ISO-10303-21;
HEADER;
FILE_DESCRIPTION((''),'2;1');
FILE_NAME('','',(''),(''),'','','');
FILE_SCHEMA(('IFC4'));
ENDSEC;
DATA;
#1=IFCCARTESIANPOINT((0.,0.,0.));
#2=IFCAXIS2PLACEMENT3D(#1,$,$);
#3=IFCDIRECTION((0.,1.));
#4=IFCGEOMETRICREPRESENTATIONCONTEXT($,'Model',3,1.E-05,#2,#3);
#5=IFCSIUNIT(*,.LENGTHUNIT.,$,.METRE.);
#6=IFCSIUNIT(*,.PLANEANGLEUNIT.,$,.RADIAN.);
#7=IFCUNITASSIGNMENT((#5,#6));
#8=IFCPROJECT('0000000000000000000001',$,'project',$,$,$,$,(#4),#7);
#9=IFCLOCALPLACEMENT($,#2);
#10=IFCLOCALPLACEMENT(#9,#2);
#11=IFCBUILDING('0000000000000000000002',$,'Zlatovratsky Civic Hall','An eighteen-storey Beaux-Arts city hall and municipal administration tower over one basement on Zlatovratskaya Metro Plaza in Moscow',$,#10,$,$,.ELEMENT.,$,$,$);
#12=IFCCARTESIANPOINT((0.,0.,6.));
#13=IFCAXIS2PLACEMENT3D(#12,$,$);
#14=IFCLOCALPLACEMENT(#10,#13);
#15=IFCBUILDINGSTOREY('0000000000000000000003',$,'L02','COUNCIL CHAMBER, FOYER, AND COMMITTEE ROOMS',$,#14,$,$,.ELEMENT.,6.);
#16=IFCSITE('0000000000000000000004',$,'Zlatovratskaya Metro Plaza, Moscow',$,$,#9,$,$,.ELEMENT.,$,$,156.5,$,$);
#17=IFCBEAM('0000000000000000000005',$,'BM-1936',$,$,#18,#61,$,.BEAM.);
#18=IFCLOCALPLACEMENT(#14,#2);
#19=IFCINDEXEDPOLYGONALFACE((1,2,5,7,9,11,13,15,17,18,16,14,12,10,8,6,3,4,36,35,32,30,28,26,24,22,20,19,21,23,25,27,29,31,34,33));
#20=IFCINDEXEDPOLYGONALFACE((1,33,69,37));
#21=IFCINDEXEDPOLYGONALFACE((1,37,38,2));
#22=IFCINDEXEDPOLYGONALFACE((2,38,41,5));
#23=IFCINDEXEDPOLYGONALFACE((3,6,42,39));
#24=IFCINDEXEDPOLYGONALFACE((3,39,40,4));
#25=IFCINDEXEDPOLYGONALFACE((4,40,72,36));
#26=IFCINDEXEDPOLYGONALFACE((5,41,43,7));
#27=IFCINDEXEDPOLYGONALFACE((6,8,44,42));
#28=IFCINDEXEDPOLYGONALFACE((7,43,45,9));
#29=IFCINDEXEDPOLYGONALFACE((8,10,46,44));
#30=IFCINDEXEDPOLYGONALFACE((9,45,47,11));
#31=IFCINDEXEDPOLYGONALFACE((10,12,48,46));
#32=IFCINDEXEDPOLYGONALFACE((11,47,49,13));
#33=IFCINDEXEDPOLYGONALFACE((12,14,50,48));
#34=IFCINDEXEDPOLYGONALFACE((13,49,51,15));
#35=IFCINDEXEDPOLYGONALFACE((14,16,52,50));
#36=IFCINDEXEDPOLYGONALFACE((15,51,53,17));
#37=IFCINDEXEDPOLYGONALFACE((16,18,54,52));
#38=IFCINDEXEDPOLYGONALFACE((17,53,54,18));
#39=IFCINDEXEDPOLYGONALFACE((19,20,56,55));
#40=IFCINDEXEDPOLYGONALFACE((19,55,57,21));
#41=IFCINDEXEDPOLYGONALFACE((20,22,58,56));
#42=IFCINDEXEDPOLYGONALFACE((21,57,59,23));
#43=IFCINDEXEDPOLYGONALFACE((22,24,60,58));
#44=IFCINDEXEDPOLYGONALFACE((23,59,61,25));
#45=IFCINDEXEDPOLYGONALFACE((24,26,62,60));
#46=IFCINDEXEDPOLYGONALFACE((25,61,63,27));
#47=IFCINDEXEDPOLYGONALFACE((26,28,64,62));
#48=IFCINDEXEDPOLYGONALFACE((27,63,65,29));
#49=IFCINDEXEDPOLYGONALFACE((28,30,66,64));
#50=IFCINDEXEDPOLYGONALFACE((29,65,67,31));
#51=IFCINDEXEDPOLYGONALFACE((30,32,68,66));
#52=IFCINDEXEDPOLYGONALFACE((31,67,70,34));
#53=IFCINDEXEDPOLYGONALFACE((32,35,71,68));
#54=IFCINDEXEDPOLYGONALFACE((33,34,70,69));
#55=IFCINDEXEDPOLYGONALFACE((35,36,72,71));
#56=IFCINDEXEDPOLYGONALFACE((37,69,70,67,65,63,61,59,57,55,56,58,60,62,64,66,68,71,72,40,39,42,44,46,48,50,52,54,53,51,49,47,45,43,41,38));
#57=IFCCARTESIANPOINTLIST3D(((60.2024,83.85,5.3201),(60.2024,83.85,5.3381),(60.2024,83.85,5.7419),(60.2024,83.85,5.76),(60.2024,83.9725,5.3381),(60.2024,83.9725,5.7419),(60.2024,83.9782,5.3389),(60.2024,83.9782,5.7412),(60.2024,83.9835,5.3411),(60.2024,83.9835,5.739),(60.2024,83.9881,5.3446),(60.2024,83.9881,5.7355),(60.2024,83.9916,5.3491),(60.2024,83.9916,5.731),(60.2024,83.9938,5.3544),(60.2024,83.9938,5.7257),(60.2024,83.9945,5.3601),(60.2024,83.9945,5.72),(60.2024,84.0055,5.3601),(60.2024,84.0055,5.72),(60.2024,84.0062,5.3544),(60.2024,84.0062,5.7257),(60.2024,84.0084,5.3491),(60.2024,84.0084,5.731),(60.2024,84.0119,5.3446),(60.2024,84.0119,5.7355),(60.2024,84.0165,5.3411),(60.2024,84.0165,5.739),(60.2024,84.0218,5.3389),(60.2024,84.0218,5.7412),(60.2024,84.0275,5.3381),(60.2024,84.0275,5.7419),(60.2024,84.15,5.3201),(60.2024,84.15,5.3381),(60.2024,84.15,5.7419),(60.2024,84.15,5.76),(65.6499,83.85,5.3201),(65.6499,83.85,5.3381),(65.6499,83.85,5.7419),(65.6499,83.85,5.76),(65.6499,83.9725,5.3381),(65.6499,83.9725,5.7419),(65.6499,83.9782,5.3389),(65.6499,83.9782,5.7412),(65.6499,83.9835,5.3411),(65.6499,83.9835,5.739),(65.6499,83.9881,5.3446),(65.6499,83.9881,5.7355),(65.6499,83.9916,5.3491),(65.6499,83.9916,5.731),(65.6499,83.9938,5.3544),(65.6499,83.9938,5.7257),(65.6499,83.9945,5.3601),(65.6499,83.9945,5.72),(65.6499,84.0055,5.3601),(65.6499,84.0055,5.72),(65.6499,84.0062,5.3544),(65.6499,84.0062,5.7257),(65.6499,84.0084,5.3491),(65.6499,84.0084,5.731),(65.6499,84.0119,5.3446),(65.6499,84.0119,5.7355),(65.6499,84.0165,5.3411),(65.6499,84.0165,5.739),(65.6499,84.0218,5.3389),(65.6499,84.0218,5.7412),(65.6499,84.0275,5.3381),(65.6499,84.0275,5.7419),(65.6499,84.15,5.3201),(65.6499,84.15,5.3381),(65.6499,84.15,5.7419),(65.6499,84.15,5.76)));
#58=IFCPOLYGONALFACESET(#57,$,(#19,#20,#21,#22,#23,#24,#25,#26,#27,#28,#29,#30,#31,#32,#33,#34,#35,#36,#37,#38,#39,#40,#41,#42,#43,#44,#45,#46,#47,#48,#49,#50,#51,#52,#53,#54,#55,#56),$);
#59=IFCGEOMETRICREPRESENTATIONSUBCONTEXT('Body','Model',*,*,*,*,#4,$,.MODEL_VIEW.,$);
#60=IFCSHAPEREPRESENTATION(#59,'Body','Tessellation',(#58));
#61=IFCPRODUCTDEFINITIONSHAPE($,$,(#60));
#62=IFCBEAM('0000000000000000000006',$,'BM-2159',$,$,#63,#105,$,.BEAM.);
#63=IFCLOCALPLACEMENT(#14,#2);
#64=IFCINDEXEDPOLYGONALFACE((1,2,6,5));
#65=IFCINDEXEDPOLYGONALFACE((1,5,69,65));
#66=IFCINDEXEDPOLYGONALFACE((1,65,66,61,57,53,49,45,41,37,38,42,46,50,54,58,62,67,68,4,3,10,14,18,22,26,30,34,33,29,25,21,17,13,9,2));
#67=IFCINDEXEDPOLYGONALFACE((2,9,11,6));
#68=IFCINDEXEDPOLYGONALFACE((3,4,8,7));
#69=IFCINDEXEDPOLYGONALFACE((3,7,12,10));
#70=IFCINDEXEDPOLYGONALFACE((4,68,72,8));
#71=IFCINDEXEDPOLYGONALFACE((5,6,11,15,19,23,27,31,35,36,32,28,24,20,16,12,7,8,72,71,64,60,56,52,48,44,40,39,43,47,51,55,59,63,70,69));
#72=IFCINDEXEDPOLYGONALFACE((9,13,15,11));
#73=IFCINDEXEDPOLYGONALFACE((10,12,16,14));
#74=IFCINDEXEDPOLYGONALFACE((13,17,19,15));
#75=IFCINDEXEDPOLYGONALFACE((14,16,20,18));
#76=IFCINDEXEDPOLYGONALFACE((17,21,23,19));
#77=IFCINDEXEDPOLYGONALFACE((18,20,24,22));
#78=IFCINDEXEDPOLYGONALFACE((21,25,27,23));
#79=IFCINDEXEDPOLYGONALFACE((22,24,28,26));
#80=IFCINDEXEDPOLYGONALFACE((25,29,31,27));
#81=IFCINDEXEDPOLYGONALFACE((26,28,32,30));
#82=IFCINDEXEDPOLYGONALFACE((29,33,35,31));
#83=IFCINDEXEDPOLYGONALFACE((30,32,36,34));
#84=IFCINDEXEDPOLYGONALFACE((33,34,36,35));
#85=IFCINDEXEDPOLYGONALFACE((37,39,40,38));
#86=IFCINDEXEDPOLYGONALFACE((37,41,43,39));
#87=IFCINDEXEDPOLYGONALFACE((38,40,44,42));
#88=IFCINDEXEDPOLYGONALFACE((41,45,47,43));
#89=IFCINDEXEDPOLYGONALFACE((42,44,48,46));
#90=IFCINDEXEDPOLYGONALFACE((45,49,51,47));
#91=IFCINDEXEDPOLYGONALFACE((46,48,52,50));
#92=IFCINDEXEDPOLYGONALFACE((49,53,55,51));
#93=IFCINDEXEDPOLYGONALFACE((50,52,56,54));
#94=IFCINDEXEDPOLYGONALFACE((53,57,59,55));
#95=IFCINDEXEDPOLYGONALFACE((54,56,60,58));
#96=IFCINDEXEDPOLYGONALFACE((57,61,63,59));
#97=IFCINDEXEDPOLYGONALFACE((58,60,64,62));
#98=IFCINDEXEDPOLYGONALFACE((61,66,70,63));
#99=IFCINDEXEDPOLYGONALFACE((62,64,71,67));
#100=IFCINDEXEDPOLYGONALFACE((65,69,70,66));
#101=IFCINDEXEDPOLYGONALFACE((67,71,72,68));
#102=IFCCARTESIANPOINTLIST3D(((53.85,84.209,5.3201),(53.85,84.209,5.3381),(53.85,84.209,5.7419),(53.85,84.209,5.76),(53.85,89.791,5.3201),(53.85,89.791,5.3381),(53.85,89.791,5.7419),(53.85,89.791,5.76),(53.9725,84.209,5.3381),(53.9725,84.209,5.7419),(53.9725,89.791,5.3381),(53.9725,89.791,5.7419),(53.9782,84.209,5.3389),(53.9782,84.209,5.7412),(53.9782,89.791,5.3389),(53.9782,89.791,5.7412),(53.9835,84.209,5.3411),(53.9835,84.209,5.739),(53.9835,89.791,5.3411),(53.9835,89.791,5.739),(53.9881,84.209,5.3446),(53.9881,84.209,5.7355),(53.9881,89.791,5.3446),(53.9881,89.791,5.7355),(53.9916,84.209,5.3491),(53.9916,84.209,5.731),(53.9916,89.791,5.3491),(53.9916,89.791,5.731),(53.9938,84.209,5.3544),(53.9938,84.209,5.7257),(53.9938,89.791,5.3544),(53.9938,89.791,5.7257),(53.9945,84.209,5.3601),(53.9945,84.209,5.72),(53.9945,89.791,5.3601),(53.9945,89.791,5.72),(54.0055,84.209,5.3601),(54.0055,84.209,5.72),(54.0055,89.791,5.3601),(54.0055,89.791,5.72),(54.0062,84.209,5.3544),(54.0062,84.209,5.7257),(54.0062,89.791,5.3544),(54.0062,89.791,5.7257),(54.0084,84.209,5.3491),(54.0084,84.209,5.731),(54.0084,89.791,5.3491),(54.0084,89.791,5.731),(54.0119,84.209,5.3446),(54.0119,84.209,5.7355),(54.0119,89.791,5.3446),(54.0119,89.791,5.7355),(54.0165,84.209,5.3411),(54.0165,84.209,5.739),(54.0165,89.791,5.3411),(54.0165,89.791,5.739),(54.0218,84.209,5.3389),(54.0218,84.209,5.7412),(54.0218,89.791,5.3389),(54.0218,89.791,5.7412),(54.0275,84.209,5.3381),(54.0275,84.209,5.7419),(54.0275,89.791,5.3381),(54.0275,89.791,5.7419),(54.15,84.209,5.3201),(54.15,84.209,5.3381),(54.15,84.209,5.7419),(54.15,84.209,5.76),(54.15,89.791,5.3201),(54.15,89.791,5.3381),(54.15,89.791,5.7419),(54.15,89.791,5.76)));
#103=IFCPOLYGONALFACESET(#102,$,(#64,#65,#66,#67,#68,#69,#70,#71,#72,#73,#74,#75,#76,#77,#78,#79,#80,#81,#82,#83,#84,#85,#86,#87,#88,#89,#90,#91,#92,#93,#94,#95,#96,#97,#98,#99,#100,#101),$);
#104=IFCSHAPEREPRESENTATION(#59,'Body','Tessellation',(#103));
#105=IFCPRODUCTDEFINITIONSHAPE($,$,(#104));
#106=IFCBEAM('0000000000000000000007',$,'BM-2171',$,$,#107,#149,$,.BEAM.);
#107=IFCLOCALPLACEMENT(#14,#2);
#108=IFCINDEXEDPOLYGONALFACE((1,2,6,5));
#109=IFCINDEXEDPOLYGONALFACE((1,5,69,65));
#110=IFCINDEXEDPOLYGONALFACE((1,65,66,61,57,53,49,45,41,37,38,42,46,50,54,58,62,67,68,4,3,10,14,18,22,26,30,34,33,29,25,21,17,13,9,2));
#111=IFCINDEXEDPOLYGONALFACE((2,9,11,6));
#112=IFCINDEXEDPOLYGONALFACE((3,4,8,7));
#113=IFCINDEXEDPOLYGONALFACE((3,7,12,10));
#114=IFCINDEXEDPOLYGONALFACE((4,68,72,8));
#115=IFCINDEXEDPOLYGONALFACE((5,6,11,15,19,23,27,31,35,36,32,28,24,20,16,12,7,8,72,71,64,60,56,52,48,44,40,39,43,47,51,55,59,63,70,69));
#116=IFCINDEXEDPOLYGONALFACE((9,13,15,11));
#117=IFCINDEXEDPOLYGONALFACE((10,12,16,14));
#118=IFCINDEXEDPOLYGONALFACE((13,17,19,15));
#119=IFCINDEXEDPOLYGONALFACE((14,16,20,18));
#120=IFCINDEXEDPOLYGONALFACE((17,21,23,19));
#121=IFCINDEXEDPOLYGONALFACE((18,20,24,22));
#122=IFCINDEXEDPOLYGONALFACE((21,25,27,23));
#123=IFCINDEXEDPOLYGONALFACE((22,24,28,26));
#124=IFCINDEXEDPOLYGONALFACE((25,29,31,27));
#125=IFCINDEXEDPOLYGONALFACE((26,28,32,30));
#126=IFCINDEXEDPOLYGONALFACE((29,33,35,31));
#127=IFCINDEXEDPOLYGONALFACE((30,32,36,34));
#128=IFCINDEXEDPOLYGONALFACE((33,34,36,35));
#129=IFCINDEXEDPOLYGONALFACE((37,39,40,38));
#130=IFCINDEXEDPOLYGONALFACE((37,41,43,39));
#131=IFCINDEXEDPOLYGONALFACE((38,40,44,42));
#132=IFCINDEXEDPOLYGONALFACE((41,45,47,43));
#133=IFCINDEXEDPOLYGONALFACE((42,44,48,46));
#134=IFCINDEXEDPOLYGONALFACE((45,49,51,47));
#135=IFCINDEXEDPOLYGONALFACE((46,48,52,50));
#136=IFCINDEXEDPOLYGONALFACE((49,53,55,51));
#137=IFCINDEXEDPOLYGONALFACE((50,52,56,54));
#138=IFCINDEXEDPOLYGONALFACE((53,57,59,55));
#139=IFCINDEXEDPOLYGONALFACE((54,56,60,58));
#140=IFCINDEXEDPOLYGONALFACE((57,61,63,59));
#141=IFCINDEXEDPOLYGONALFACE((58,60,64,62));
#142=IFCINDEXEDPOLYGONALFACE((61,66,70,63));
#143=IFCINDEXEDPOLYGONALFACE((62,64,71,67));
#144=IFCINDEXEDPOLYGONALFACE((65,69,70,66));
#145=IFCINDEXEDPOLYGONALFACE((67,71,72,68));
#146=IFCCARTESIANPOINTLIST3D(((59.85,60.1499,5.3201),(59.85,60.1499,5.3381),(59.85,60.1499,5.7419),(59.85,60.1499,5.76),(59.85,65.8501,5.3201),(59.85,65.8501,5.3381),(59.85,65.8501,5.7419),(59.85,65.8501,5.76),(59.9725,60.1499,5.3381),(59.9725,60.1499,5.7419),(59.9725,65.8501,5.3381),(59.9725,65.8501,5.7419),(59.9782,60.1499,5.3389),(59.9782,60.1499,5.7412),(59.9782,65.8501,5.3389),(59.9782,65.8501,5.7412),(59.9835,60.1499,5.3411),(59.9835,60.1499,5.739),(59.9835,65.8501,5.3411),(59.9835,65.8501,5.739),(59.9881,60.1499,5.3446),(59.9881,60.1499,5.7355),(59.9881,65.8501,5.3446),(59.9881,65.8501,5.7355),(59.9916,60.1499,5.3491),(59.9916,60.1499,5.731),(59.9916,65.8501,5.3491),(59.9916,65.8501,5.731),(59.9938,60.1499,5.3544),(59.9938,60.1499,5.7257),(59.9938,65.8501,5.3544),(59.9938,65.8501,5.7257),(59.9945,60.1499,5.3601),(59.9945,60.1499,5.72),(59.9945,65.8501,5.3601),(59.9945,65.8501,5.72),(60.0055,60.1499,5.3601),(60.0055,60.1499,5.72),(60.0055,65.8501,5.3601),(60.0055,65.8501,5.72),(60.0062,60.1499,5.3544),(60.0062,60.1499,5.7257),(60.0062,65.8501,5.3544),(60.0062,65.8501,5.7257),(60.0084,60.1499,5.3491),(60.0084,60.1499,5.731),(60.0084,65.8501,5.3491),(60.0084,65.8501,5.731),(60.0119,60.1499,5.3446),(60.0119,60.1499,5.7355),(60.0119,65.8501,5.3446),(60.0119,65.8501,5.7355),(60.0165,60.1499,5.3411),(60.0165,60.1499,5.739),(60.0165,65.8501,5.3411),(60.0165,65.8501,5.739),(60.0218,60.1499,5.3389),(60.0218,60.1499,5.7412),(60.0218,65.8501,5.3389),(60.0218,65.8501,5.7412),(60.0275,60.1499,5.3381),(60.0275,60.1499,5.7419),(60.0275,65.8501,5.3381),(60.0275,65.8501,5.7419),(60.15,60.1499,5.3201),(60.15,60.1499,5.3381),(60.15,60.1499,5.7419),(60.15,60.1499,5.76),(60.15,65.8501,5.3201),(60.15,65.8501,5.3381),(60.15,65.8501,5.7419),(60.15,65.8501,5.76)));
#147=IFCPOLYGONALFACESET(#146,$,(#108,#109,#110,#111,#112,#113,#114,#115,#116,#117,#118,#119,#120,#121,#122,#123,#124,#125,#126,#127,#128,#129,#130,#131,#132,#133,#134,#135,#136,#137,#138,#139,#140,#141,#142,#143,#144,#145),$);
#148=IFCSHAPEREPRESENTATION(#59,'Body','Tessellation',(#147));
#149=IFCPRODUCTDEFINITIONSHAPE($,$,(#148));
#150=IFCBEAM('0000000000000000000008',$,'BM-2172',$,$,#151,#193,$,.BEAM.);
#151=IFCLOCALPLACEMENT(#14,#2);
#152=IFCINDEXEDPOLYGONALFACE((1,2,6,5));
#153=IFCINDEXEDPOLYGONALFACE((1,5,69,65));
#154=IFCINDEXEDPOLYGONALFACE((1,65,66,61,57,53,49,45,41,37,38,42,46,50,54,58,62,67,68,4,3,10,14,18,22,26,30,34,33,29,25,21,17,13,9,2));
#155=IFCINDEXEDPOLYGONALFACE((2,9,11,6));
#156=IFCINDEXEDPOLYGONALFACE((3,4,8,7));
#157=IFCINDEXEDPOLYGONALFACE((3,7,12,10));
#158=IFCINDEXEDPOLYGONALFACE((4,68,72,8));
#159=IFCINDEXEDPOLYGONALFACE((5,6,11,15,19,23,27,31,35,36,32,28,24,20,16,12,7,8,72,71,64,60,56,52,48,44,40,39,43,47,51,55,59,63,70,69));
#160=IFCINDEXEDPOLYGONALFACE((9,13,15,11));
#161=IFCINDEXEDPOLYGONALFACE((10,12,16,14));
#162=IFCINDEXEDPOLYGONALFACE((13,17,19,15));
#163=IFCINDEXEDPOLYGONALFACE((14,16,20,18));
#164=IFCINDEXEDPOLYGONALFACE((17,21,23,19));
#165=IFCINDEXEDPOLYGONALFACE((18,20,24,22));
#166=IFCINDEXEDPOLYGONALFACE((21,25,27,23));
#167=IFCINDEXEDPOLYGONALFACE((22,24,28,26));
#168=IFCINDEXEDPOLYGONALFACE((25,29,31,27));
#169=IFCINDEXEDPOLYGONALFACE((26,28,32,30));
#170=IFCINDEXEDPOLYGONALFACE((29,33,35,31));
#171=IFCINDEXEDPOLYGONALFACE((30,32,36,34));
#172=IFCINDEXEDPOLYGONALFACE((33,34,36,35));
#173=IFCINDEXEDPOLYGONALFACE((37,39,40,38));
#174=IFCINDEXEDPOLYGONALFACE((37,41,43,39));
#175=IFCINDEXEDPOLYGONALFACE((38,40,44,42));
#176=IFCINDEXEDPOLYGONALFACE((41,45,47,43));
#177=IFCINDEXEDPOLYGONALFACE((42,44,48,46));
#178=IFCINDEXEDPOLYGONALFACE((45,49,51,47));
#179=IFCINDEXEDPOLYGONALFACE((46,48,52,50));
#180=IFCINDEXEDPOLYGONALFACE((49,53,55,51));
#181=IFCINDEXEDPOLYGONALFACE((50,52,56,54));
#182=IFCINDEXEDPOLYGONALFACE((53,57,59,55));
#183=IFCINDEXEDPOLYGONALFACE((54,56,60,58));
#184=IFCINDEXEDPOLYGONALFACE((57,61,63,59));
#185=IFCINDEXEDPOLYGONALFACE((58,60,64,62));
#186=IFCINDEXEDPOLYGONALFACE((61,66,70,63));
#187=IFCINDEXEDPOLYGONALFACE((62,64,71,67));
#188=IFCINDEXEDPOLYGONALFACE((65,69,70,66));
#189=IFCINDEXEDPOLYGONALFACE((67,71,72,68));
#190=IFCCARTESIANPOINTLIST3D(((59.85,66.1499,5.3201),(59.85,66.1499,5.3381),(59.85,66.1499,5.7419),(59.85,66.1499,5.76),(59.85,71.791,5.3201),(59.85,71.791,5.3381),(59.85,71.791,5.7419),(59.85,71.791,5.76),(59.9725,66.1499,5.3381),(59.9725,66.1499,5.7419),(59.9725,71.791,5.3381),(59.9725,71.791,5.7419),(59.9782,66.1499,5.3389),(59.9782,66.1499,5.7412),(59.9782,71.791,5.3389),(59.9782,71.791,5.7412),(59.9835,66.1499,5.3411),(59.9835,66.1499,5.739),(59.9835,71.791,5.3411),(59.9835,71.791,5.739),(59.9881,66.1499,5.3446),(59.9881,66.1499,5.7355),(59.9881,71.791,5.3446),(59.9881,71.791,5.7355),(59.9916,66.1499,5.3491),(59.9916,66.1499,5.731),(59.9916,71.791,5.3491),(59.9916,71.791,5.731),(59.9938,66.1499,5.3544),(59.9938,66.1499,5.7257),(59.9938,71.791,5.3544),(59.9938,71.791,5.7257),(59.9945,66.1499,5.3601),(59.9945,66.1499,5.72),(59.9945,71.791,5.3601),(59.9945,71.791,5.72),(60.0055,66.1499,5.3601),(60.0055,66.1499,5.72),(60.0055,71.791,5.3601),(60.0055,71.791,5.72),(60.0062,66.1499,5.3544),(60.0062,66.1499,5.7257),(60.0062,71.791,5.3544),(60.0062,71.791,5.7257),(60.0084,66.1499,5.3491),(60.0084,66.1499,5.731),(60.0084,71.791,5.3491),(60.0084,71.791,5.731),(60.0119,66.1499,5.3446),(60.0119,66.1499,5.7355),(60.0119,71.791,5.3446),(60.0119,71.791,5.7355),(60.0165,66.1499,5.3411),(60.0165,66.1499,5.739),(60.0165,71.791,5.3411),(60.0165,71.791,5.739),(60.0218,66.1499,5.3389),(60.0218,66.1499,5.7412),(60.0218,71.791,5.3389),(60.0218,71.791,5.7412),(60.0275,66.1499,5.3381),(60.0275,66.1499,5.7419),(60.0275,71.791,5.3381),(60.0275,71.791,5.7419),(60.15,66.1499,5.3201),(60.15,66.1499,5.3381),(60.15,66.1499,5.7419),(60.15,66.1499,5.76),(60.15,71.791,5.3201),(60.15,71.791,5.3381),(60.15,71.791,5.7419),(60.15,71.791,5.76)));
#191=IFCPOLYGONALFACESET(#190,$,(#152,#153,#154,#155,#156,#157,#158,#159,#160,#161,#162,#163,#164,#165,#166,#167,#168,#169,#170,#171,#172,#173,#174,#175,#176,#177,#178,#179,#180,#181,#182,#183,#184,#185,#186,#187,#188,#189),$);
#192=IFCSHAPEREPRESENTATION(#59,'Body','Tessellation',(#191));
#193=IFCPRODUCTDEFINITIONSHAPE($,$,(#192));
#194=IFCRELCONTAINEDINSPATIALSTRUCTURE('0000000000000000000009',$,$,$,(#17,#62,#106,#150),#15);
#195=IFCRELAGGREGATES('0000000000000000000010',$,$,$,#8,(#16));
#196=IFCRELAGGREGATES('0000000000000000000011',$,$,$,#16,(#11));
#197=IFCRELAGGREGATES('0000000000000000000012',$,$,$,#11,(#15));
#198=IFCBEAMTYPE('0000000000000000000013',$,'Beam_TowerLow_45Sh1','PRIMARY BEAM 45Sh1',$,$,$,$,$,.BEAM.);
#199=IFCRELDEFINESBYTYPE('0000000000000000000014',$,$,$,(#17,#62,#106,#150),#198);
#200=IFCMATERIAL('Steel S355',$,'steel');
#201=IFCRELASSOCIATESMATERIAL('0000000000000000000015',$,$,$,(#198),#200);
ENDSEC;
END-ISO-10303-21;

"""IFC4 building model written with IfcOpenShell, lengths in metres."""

from ifc_helpers import new_model, si_unit, direction, frame, origin, origin_2d, place, context, subcontext, project, spatial, i_section, extrude, material, material_profile, profile_set, type_object, element, save


model = new_model("IFC4")

# Units and contexts
model_context = context("Model", 3, precision=1e-05, world=origin(), true_north=direction((0.0, 1.0)))
body_context = subcontext(model_context, "Body", "Model", "MODEL_VIEW")
ifc_project = project(units=[si_unit("LENGTHUNIT", "METRE"), si_unit("PLANEANGLEUNIT", "RADIAN")], contexts=[model_context])

# Site, building, storey
site_placement = place(None, origin())
site = spatial("IfcSite", under=ifc_project, at=site_placement, Name="Zlatovratskaya Metro Plaza, Moscow", CompositionType="ELEMENT", RefElevation=156.5)
building_placement = place(site_placement, origin())
building = spatial("IfcBuilding", under=site, at=building_placement, Name="Zlatovratsky Civic Hall", Description="An eighteen-storey Beaux-Arts city hall and municipal administration tower over one basement on Zlatovratskaya Metro Plaza in Moscow", CompositionType="ELEMENT")
storey_placement = place(building_placement, frame((0.0, 0.0, 6.0)))
storey = spatial("IfcBuildingStorey", under=building, at=storey_placement, Name="L02", Description="COUNCIL CHAMBER, FOYER, AND COMMITTEE ROOMS", CompositionType="ELEMENT", Elevation=6.0)

# Shared definitions
ifc_material_1 = material(Name="Steel S355", Category="steel")

# Beams
ifc_material_profile_1 = material_profile(ifc_material_1, i_section(OverallWidth=0.3, OverallDepth=0.4399, WebThickness=0.011, FlangeThickness=0.0181, FilletRadius=0.022, at=origin_2d()), Name="45Sh1")
ifc_profile_set_1 = profile_set([ifc_material_profile_1], Name="Steel S355")
beam_type = type_object("IfcBeamType", Name="Beam_TowerLow_45Sh1", Description="PRIMARY BEAM 45Sh1", PredefinedType="BEAM", material=ifc_profile_set_1)
beam_1_placement = place(storey_placement, frame((60.2024, 84.0, 5.54), z_axis=(1.0, 0.0, 0.0), x_axis=(0.0, 1.0, 0.0)))
element("IfcBeam", 1, at=beam_1_placement, inside=storey, type_object=beam_type, Name="BM-1936", PredefinedType="BEAM", context=body_context, shape_type="SweptSolid", body=[
    extrude(i_section(OverallWidth=0.3, OverallDepth=0.4399, WebThickness=0.011, FlangeThickness=0.0181, FilletRadius=0.022, at=origin_2d()), origin(), (0.0, 0.0, 1.0), 5.4475),
])
beam_2_placement = place(storey_placement, frame((54.0, 84.209, 5.54), z_axis=(0.0, 1.0, 0.0), x_axis=(-1.0, 0.0, 0.0)))
element("IfcBeam", 2, at=beam_2_placement, inside=storey, type_object=beam_type, Name="BM-2159", PredefinedType="BEAM", context=body_context, shape_type="SweptSolid", body=[
    extrude(i_section(OverallWidth=0.3, OverallDepth=0.4399, WebThickness=0.011, FlangeThickness=0.0181, FilletRadius=0.022, at=origin_2d()), origin(), (0.0, 0.0, 1.0), 5.582),
])
beam_3_placement = place(storey_placement, frame((60.0, 60.1499, 5.54), z_axis=(0.0, 1.0, 0.0), x_axis=(-1.0, 0.0, 0.0)))
element("IfcBeam", 3, at=beam_3_placement, inside=storey, type_object=beam_type, Name="BM-2171", PredefinedType="BEAM", context=body_context, shape_type="SweptSolid", body=[
    extrude(i_section(OverallWidth=0.3, OverallDepth=0.4399, WebThickness=0.011, FlangeThickness=0.0181, FilletRadius=0.022, at=origin_2d()), origin(), (0.0, 0.0, 1.0), 5.7002),
])
beam_4_placement = place(storey_placement, frame((60.0, 66.1499, 5.54), z_axis=(0.0, 1.0, 0.0), x_axis=(-1.0, 0.0, 0.0)))
element("IfcBeam", 4, at=beam_4_placement, inside=storey, type_object=beam_type, Name="BM-2172", PredefinedType="BEAM", context=body_context, shape_type="SweptSolid", body=[
    extrude(i_section(OverallWidth=0.3, OverallDepth=0.4399, WebThickness=0.011, FlangeThickness=0.0181, FilletRadius=0.022, at=origin_2d()), origin(), (0.0, 0.0, 1.0), 5.6411),
])

save(model, "model.ifc")
